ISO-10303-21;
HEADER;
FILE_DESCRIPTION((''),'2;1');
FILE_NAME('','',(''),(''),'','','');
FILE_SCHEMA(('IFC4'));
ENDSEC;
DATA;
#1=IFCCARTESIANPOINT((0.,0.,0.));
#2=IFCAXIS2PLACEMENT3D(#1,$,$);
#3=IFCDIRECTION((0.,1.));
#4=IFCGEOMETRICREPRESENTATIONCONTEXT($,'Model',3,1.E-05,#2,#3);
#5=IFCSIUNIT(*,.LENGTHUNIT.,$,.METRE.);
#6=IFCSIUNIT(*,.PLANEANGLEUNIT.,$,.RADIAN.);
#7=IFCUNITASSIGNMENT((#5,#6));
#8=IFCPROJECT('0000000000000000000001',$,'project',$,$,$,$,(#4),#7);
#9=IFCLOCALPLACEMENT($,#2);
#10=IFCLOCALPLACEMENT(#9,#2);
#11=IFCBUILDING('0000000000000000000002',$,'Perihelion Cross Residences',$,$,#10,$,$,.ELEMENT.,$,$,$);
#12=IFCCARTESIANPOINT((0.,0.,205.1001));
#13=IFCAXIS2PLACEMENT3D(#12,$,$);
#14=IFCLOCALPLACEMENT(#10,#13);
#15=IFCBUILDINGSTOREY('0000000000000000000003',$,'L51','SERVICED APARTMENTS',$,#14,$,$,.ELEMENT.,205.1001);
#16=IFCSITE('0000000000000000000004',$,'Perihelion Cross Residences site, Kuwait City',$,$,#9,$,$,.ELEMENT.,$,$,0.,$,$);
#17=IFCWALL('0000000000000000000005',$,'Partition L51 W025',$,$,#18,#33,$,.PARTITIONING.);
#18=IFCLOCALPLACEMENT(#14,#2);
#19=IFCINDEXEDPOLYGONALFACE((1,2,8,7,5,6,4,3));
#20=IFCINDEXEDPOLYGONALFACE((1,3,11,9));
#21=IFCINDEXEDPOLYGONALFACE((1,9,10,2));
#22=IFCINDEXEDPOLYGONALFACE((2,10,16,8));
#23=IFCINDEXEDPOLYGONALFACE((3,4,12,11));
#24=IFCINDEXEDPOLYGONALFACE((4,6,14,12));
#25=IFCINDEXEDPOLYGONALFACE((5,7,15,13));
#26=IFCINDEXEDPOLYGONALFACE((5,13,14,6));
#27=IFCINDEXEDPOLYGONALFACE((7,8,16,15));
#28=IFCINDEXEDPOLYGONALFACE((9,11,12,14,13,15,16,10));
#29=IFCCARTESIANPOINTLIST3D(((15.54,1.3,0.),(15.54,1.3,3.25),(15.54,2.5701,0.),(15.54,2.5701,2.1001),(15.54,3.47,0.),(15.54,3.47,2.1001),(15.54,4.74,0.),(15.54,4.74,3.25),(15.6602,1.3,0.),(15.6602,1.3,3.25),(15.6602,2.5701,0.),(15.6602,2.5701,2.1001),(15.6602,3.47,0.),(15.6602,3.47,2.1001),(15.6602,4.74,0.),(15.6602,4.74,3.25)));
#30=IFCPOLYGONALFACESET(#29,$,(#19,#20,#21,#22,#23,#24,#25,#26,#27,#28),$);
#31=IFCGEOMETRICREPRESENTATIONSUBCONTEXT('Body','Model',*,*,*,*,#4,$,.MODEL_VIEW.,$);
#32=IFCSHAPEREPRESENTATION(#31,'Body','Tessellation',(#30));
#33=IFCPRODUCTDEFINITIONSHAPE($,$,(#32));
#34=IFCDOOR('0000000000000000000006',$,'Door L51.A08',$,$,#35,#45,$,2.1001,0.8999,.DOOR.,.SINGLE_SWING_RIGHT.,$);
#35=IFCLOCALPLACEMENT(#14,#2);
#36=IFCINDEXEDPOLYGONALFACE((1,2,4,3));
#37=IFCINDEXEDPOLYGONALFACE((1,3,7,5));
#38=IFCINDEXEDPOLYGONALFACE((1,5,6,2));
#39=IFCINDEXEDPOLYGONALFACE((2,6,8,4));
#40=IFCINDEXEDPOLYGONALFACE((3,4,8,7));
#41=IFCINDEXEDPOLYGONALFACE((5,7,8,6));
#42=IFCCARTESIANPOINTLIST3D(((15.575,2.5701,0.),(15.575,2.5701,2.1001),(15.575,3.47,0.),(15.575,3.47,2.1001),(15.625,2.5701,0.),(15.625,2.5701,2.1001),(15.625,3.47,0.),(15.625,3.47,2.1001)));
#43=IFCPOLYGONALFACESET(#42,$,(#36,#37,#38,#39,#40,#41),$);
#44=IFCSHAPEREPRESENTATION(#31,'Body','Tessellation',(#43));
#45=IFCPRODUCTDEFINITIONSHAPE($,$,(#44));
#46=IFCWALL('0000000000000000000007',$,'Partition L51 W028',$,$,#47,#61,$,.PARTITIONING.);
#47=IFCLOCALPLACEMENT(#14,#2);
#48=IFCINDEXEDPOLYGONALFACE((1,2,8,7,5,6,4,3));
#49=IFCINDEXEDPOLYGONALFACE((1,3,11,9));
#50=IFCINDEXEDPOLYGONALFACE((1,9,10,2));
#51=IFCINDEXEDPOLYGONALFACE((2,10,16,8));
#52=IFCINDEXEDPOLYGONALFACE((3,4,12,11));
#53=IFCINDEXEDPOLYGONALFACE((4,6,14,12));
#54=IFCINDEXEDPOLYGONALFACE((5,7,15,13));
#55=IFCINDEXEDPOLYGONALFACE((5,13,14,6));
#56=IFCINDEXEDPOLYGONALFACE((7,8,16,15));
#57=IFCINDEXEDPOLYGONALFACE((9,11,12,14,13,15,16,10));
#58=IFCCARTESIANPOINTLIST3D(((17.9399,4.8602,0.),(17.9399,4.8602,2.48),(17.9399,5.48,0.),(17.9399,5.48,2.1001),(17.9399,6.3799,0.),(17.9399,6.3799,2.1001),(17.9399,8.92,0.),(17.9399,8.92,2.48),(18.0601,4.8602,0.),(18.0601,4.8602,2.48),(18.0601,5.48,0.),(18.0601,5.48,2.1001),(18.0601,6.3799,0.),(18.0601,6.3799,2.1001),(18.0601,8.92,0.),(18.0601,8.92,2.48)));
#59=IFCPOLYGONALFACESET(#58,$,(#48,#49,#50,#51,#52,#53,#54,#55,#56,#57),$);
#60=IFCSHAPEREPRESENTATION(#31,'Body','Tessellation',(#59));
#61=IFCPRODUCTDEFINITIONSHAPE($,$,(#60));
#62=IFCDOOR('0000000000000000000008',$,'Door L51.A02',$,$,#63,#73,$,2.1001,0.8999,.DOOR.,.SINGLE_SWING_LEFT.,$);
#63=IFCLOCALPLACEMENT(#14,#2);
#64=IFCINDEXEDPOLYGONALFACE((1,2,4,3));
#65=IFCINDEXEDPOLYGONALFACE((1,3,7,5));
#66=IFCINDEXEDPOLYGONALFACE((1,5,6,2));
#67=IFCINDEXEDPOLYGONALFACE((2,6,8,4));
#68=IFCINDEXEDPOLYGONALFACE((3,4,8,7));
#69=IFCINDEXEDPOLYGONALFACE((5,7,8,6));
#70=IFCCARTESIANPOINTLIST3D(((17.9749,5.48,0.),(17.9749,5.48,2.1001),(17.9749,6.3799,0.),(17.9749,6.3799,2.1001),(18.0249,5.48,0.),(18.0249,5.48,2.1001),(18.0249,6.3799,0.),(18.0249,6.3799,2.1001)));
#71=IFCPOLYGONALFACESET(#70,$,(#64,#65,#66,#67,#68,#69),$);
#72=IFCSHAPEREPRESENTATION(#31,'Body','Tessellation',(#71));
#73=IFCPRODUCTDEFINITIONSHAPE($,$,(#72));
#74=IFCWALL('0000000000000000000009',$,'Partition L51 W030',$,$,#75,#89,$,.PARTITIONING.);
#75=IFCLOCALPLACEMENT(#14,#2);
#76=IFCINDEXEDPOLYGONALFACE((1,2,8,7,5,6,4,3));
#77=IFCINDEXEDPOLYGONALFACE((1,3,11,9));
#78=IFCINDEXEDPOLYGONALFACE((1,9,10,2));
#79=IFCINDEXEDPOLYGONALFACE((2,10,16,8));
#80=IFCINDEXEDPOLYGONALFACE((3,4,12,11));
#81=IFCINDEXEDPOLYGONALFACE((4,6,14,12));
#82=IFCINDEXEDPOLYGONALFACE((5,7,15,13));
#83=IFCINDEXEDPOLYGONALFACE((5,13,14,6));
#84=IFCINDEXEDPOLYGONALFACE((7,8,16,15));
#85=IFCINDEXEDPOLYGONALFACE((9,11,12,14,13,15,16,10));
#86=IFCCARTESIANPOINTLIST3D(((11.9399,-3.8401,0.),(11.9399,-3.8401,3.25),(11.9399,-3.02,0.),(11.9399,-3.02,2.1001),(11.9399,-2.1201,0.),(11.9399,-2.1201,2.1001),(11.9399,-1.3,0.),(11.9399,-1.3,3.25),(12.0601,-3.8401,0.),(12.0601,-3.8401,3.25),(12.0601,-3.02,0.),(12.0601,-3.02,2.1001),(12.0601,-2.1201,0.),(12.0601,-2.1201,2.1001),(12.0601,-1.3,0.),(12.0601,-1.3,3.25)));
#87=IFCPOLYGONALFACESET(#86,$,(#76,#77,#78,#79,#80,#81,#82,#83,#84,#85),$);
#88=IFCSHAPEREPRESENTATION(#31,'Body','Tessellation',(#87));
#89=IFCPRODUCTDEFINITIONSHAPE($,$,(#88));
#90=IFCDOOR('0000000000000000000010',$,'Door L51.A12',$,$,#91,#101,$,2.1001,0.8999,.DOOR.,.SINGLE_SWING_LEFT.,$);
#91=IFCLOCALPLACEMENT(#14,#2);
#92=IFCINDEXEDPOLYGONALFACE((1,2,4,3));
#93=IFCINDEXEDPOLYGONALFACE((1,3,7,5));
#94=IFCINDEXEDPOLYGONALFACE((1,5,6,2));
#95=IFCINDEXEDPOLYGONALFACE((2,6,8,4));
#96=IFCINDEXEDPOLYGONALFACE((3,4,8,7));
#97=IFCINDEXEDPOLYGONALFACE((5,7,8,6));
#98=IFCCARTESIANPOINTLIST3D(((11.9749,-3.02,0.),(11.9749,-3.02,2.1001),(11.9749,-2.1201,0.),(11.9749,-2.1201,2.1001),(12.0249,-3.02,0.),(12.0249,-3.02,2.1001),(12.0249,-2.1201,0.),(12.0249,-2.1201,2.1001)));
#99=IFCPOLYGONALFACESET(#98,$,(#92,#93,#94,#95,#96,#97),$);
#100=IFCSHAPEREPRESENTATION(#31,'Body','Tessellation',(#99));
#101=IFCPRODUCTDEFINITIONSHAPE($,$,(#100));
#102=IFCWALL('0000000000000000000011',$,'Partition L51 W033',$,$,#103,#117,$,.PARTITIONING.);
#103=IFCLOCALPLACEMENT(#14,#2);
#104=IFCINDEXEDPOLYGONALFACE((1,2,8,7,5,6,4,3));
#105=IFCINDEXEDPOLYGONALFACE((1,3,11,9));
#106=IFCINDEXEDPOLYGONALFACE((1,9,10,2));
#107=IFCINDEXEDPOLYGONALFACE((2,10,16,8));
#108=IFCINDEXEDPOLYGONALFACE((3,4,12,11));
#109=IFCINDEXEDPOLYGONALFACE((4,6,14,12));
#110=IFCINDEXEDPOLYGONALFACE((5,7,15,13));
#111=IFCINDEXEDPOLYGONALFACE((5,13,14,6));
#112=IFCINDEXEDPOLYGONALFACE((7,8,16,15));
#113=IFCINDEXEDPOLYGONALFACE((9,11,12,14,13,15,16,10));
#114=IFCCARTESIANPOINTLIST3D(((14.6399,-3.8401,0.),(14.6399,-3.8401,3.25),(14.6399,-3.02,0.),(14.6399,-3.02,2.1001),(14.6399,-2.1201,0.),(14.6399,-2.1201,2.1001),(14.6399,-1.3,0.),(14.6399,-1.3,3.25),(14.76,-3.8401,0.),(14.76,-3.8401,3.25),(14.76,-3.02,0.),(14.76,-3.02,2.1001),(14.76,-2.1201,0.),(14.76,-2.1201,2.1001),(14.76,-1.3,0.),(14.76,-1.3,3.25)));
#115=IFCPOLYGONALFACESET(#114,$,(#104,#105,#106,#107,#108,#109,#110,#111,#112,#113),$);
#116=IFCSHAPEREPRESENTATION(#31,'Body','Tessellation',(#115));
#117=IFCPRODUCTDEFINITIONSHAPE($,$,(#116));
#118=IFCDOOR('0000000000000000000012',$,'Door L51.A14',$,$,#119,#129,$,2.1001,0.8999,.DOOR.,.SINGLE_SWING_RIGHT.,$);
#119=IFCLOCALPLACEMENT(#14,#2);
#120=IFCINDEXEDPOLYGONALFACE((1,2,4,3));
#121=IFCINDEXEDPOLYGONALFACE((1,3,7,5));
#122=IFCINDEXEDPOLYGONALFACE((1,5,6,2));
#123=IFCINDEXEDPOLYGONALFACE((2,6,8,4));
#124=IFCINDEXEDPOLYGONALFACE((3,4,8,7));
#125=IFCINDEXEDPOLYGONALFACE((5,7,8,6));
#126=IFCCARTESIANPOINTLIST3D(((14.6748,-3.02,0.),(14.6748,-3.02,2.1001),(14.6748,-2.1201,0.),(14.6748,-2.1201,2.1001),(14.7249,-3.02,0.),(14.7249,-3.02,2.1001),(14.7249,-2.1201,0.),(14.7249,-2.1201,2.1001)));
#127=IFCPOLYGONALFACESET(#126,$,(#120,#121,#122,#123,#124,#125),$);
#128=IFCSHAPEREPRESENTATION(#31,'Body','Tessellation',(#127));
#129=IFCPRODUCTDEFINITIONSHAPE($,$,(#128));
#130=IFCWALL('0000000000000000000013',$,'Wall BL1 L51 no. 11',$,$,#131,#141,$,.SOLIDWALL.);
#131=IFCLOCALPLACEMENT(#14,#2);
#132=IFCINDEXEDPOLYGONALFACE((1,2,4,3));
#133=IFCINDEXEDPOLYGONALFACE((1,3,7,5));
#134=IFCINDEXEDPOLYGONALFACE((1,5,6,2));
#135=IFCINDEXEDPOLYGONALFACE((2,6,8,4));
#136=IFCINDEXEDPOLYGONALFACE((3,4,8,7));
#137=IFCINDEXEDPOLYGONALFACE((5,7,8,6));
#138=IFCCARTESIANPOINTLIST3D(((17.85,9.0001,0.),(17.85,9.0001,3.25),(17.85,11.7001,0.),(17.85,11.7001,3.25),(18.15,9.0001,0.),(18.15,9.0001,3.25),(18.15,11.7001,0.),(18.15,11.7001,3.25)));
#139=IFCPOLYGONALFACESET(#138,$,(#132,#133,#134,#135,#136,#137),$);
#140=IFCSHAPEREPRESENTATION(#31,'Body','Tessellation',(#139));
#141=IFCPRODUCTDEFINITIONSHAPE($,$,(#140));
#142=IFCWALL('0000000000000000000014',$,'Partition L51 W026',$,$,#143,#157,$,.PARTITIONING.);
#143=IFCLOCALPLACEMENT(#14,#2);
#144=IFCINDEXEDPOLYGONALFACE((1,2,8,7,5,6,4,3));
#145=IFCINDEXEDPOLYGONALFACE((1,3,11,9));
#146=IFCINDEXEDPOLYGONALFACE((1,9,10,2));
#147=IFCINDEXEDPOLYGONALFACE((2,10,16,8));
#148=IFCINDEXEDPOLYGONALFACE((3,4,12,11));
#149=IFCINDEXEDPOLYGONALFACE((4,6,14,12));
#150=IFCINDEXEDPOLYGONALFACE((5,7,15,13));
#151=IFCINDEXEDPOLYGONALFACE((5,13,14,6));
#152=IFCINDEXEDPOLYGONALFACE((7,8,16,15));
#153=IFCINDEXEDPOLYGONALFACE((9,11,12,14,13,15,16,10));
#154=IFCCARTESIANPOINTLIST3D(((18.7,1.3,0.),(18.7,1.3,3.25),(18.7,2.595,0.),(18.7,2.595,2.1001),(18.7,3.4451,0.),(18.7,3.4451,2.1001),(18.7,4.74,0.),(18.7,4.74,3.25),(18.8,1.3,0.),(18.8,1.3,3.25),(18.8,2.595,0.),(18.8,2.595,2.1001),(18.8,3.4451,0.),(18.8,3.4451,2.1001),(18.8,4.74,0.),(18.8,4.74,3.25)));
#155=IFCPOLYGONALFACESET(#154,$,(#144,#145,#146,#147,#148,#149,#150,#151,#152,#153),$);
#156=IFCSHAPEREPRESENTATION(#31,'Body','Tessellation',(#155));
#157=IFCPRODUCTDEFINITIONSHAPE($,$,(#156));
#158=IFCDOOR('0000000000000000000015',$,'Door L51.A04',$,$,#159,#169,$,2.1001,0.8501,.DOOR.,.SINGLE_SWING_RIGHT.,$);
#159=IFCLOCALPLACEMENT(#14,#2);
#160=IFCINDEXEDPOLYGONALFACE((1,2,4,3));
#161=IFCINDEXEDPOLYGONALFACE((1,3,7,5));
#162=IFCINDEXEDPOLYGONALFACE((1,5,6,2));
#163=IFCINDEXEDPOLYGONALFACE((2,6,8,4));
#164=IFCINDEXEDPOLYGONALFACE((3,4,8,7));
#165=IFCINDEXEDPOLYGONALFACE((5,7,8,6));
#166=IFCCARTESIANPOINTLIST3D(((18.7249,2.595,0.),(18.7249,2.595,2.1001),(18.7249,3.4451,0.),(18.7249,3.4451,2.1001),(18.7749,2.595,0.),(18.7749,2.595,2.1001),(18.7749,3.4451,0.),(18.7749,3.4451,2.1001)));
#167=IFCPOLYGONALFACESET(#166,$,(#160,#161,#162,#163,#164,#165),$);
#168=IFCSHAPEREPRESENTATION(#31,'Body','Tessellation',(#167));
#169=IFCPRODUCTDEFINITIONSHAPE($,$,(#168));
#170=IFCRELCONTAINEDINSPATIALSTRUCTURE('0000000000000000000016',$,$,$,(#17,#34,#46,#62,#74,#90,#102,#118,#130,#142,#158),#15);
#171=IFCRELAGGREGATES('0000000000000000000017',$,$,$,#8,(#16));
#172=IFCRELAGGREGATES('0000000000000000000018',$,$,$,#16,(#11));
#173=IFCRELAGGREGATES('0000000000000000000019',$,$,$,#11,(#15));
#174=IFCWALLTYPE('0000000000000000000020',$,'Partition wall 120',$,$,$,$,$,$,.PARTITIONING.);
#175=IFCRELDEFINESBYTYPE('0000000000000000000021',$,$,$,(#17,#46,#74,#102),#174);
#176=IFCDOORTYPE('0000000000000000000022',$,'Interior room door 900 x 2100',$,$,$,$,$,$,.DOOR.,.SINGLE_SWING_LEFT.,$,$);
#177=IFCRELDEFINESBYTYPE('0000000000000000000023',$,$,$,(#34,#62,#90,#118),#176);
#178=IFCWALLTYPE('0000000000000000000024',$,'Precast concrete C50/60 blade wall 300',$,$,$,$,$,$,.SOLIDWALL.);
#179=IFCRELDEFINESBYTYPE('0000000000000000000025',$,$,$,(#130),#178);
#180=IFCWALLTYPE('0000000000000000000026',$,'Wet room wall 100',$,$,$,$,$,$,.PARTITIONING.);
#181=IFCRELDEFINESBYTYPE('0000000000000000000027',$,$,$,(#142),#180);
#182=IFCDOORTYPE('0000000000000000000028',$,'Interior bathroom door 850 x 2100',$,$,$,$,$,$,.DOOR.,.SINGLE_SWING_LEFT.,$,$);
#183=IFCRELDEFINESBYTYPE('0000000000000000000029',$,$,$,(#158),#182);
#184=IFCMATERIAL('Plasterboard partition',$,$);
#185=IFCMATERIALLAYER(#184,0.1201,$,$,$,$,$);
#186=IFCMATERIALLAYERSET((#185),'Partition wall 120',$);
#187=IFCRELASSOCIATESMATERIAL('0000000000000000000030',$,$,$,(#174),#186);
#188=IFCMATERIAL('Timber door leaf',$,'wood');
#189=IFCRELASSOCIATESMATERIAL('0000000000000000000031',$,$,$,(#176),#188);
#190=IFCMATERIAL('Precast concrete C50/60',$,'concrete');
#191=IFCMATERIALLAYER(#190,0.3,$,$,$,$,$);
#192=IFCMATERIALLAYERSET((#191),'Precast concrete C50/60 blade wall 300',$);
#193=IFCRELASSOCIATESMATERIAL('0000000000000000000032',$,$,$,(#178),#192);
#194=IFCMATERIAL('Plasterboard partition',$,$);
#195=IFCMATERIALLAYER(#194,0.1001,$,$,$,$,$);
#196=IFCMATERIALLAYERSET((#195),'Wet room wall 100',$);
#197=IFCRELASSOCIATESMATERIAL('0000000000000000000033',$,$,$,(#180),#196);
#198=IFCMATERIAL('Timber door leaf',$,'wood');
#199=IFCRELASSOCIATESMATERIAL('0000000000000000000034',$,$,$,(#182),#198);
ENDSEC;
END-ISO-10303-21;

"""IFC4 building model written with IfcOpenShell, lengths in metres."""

from ifc_helpers import new_model, si_unit, direction, frame, frame_2d, origin, place, context, subcontext, project, spatial, rectangle, extrude, material, layer, layer_set, type_object, element, fill, save


model = new_model("IFC4")

# Units and contexts
model_context = context("Model", 3, precision=1e-05, world=origin(), true_north=direction((0.0, 1.0)))
body_context = subcontext(model_context, "Body", "Model", "MODEL_VIEW")
ifc_project = project(units=[si_unit("LENGTHUNIT", "METRE"), si_unit("PLANEANGLEUNIT", "RADIAN")], contexts=[model_context])

# Site, building, storey
site_placement = place(None, origin())
site = spatial("IfcSite", under=ifc_project, at=site_placement, Name="Perihelion Cross Residences site, Kuwait City", CompositionType="ELEMENT", RefElevation=0.0)
building_placement = place(site_placement, origin())
building = spatial("IfcBuilding", under=site, at=building_placement, Name="Perihelion Cross Residences", CompositionType="ELEMENT")
storey_placement = place(building_placement, frame((0.0, 0.0, 205.1001)))
storey = spatial("IfcBuildingStorey", under=building, at=storey_placement, Name="L51", Description="SERVICED APARTMENTS", CompositionType="ELEMENT", Elevation=205.1001)

# Shared definitions
ifc_material_1 = material(Name="Plasterboard partition")
ifc_layer_1 = layer(ifc_material_1, 0.1201)
ifc_layer_set_1 = layer_set([ifc_layer_1], Name="Partition wall 120")
wall_type_1 = type_object("IfcWallType", Name="Partition wall 120", PredefinedType="PARTITIONING", material=ifc_layer_set_1)

# Walls, openings, doors
wall_1_placement = place(storey_placement, frame((15.6001, 4.74, 0.0), z_axis=(0.0, 0.0, 1.0), x_axis=(0.0, -1.0, 0.0)))
wall_1 = element("IfcWall", 1, at=wall_1_placement, inside=storey, type_object=wall_type_1, Name="Partition L51 W025", PredefinedType="PARTITIONING", context=body_context, shape_type="SweptSolid", body=[
    extrude(rectangle(XDim=3.4399, YDim=0.1201, at=frame_2d((1.72, 0.0))), origin(), (0.0, 0.0, 1.0), 3.25),
])
opening_1_placement = place(wall_1_placement, frame((1.27, 0.0, 0.0)))
opening_1 = element("IfcOpeningElement", 2, at=opening_1_placement, cuts=wall_1, PredefinedType="OPENING", context=body_context, shape_type="SweptSolid", body=[
    extrude(rectangle(XDim=0.8999, YDim=2.1001, at=frame_2d((0.45, 1.05))), frame((0.0, 0.0701, 0.0), z_axis=(0.0, -1.0, 0.0), x_axis=(1.0, 0.0, 0.0)), (0.0, 0.0, 1.0), 0.1401),
])
ifc_material_2 = material(Name="Timber door leaf", Category="wood")
door_type_1 = type_object("IfcDoorType", Name="Interior room door 900 x 2100", OperationType="SINGLE_SWING_LEFT", PredefinedType="DOOR", material=ifc_material_2)
door_1_placement = place(opening_1_placement, origin())
door_1 = element("IfcDoor", 3, at=door_1_placement, inside=storey, type_object=door_type_1, Name="Door L51.A08", OperationType="SINGLE_SWING_RIGHT", OverallHeight=2.1001, OverallWidth=0.8999, PredefinedType="DOOR", context=body_context, shape_type="SweptSolid", body=[
    extrude(rectangle(XDim=0.8999, YDim=2.1001, at=frame_2d((0.45, 1.05))), frame((0.0, 0.0249, 0.0), z_axis=(0.0, -1.0, 0.0), x_axis=(1.0, 0.0, 0.0)), (0.0, 0.0, 1.0), 0.05),
])
fill(opening_1, door_1)
wall_2_placement = place(storey_placement, frame((18.0, 8.9199, 0.0), z_axis=(0.0, 0.0, 1.0), x_axis=(0.0, -1.0, 0.0)))
wall_2 = element("IfcWall", 4, at=wall_2_placement, inside=storey, type_object=wall_type_1, Name="Partition L51 W028", PredefinedType="PARTITIONING", context=body_context, shape_type="SweptSolid", body=[
    extrude(rectangle(XDim=4.0598, YDim=0.1201, at=frame_2d((2.0298, 0.0))), origin(), (0.0, 0.0, 1.0), 2.48),
])
opening_2_placement = place(wall_2_placement, frame((2.54, 0.0, 0.0)))
opening_2 = element("IfcOpeningElement", 5, at=opening_2_placement, cuts=wall_2, PredefinedType="OPENING", context=body_context, shape_type="SweptSolid", body=[
    extrude(rectangle(XDim=0.8999, YDim=2.1001, at=frame_2d((0.45, 1.05))), frame((0.0, 0.0701, 0.0), z_axis=(0.0, -1.0, 0.0), x_axis=(1.0, 0.0, 0.0)), (0.0, 0.0, 1.0), 0.1401),
])
door_2_placement = place(opening_2_placement, origin())
door_2 = element("IfcDoor", 6, at=door_2_placement, inside=storey, type_object=door_type_1, Name="Door L51.A02", OperationType="SINGLE_SWING_LEFT", OverallHeight=2.1001, OverallWidth=0.8999, PredefinedType="DOOR", context=body_context, shape_type="SweptSolid", body=[
    extrude(rectangle(XDim=0.8999, YDim=2.1001, at=frame_2d((0.45, 1.05))), frame((0.0, 0.0249, 0.0), z_axis=(0.0, -1.0, 0.0), x_axis=(1.0, 0.0, 0.0)), (0.0, 0.0, 1.0), 0.05),
])
fill(opening_2, door_2)
wall_3_placement = place(storey_placement, frame((12.0, -1.3, 0.0), z_axis=(0.0, 0.0, 1.0), x_axis=(0.0, -1.0, 0.0)))
wall_3 = element("IfcWall", 7, at=wall_3_placement, inside=storey, type_object=wall_type_1, Name="Partition L51 W030", PredefinedType="PARTITIONING", context=body_context, shape_type="SweptSolid", body=[
    extrude(rectangle(XDim=2.54, YDim=0.1201, at=frame_2d((1.27, 0.0))), origin(), (0.0, 0.0, 1.0), 3.25),
])
opening_3_placement = place(wall_3_placement, frame((0.8201, 0.0, 0.0)))
opening_3 = element("IfcOpeningElement", 8, at=opening_3_placement, cuts=wall_3, PredefinedType="OPENING", context=body_context, shape_type="SweptSolid", body=[
    extrude(rectangle(XDim=0.8999, YDim=2.1001, at=frame_2d((0.45, 1.05))), frame((0.0, 0.0701, 0.0), z_axis=(0.0, -1.0, 0.0), x_axis=(1.0, 0.0, 0.0)), (0.0, 0.0, 1.0), 0.1401),
])
door_3_placement = place(opening_3_placement, origin())
door_3 = element("IfcDoor", 9, at=door_3_placement, inside=storey, type_object=door_type_1, Name="Door L51.A12", OperationType="SINGLE_SWING_LEFT", OverallHeight=2.1001, OverallWidth=0.8999, PredefinedType="DOOR", context=body_context, shape_type="SweptSolid", body=[
    extrude(rectangle(XDim=0.8999, YDim=2.1001, at=frame_2d((0.45, 1.05))), frame((0.0, 0.0249, 0.0), z_axis=(0.0, -1.0, 0.0), x_axis=(1.0, 0.0, 0.0)), (0.0, 0.0, 1.0), 0.05),
])
fill(opening_3, door_3)
wall_4_placement = place(storey_placement, frame((14.7, -1.3, 0.0), z_axis=(0.0, 0.0, 1.0), x_axis=(0.0, -1.0, 0.0)))
wall_4 = element("IfcWall", 10, at=wall_4_placement, inside=storey, type_object=wall_type_1, Name="Partition L51 W033", PredefinedType="PARTITIONING", context=body_context, shape_type="SweptSolid", body=[
    extrude(rectangle(XDim=2.54, YDim=0.1201, at=frame_2d((1.27, 0.0))), origin(), (0.0, 0.0, 1.0), 3.25),
])
opening_4_placement = place(wall_4_placement, frame((0.8201, 0.0, 0.0)))
opening_4 = element("IfcOpeningElement", 11, at=opening_4_placement, cuts=wall_4, PredefinedType="OPENING", context=body_context, shape_type="SweptSolid", body=[
    extrude(rectangle(XDim=0.8999, YDim=2.1001, at=frame_2d((0.45, 1.05))), frame((0.0, 0.0701, 0.0), z_axis=(0.0, -1.0, 0.0), x_axis=(1.0, 0.0, 0.0)), (0.0, 0.0, 1.0), 0.1401),
])
door_4_placement = place(opening_4_placement, origin())
door_4 = element("IfcDoor", 12, at=door_4_placement, inside=storey, type_object=door_type_1, Name="Door L51.A14", OperationType="SINGLE_SWING_RIGHT", OverallHeight=2.1001, OverallWidth=0.8999, PredefinedType="DOOR", context=body_context, shape_type="SweptSolid", body=[
    extrude(rectangle(XDim=0.8999, YDim=2.1001, at=frame_2d((0.45, 1.05))), frame((0.0, 0.0249, 0.0), z_axis=(0.0, -1.0, 0.0), x_axis=(1.0, 0.0, 0.0)), (0.0, 0.0, 1.0), 0.05),
])
fill(opening_4, door_4)

# Wall
ifc_material_3 = material(Name="Precast concrete C50/60", Category="concrete")
ifc_layer_2 = layer(ifc_material_3, 0.3)
ifc_layer_set_2 = layer_set([ifc_layer_2], Name="Precast concrete C50/60 blade wall 300")
wall_type_2 = type_object("IfcWallType", Name="Precast concrete C50/60 blade wall 300", PredefinedType="SOLIDWALL", material=ifc_layer_set_2)
wall_5_placement = place(storey_placement, frame((18.0, 9.0, 0.0), z_axis=(0.0, 0.0, 1.0), x_axis=(0.0, 1.0, 0.0)))
element("IfcWall", 13, at=wall_5_placement, inside=storey, type_object=wall_type_2, Name="Wall BL1 L51 no. 11", PredefinedType="SOLIDWALL", context=body_context, shape_type="SweptSolid", body=[
    extrude(rectangle(XDim=2.7, YDim=0.3, at=frame_2d((1.3501, 0.0))), origin(), (0.0, 0.0, 1.0), 3.25),
])

# Wall, opening, door
ifc_material_4 = material(Name="Plasterboard partition")
ifc_layer_3 = layer(ifc_material_4, 0.1001)
ifc_layer_set_3 = layer_set([ifc_layer_3], Name="Wet room wall 100")
wall_type_3 = type_object("IfcWallType", Name="Wet room wall 100", PredefinedType="PARTITIONING", material=ifc_layer_set_3)
wall_6_placement = place(storey_placement, frame((18.75, 4.74, 0.0), z_axis=(0.0, 0.0, 1.0), x_axis=(0.0, -1.0, 0.0)))
wall_6 = element("IfcWall", 14, at=wall_6_placement, inside=storey, type_object=wall_type_3, Name="Partition L51 W026", PredefinedType="PARTITIONING", context=body_context, shape_type="SweptSolid", body=[
    extrude(rectangle(XDim=3.4399, YDim=0.1001, at=frame_2d((1.72, 0.0))), origin(), (0.0, 0.0, 1.0), 3.25),
])
opening_5_placement = place(wall_6_placement, frame((1.2949, 0.0, 0.0)))
opening_5 = element("IfcOpeningElement", 15, at=opening_5_placement, cuts=wall_6, PredefinedType="OPENING", context=body_context, shape_type="SweptSolid", body=[
    extrude(rectangle(XDim=0.8501, YDim=2.1001, at=frame_2d((0.425, 1.05))), frame((0.0, 0.0601, 0.0), z_axis=(0.0, -1.0, 0.0), x_axis=(1.0, 0.0, 0.0)), (0.0, 0.0, 1.0), 0.1201),
])
ifc_material_5 = material(Name="Timber door leaf", Category="wood")
door_type_2 = type_object("IfcDoorType", Name="Interior bathroom door 850 x 2100", OperationType="SINGLE_SWING_LEFT", PredefinedType="DOOR", material=ifc_material_5)
door_5_placement = place(opening_5_placement, origin())
door_5 = element("IfcDoor", 16, at=door_5_placement, inside=storey, type_object=door_type_2, Name="Door L51.A04", OperationType="SINGLE_SWING_RIGHT", OverallHeight=2.1001, OverallWidth=0.8501, PredefinedType="DOOR", context=body_context, shape_type="SweptSolid", body=[
    extrude(rectangle(XDim=0.8501, YDim=2.1001, at=frame_2d((0.425, 1.05))), frame((0.0, 0.0249, 0.0), z_axis=(0.0, -1.0, 0.0), x_axis=(1.0, 0.0, 0.0)), (0.0, 0.0, 1.0), 0.05),
])
fill(opening_5, door_5)

save(model, "model.ifc")
